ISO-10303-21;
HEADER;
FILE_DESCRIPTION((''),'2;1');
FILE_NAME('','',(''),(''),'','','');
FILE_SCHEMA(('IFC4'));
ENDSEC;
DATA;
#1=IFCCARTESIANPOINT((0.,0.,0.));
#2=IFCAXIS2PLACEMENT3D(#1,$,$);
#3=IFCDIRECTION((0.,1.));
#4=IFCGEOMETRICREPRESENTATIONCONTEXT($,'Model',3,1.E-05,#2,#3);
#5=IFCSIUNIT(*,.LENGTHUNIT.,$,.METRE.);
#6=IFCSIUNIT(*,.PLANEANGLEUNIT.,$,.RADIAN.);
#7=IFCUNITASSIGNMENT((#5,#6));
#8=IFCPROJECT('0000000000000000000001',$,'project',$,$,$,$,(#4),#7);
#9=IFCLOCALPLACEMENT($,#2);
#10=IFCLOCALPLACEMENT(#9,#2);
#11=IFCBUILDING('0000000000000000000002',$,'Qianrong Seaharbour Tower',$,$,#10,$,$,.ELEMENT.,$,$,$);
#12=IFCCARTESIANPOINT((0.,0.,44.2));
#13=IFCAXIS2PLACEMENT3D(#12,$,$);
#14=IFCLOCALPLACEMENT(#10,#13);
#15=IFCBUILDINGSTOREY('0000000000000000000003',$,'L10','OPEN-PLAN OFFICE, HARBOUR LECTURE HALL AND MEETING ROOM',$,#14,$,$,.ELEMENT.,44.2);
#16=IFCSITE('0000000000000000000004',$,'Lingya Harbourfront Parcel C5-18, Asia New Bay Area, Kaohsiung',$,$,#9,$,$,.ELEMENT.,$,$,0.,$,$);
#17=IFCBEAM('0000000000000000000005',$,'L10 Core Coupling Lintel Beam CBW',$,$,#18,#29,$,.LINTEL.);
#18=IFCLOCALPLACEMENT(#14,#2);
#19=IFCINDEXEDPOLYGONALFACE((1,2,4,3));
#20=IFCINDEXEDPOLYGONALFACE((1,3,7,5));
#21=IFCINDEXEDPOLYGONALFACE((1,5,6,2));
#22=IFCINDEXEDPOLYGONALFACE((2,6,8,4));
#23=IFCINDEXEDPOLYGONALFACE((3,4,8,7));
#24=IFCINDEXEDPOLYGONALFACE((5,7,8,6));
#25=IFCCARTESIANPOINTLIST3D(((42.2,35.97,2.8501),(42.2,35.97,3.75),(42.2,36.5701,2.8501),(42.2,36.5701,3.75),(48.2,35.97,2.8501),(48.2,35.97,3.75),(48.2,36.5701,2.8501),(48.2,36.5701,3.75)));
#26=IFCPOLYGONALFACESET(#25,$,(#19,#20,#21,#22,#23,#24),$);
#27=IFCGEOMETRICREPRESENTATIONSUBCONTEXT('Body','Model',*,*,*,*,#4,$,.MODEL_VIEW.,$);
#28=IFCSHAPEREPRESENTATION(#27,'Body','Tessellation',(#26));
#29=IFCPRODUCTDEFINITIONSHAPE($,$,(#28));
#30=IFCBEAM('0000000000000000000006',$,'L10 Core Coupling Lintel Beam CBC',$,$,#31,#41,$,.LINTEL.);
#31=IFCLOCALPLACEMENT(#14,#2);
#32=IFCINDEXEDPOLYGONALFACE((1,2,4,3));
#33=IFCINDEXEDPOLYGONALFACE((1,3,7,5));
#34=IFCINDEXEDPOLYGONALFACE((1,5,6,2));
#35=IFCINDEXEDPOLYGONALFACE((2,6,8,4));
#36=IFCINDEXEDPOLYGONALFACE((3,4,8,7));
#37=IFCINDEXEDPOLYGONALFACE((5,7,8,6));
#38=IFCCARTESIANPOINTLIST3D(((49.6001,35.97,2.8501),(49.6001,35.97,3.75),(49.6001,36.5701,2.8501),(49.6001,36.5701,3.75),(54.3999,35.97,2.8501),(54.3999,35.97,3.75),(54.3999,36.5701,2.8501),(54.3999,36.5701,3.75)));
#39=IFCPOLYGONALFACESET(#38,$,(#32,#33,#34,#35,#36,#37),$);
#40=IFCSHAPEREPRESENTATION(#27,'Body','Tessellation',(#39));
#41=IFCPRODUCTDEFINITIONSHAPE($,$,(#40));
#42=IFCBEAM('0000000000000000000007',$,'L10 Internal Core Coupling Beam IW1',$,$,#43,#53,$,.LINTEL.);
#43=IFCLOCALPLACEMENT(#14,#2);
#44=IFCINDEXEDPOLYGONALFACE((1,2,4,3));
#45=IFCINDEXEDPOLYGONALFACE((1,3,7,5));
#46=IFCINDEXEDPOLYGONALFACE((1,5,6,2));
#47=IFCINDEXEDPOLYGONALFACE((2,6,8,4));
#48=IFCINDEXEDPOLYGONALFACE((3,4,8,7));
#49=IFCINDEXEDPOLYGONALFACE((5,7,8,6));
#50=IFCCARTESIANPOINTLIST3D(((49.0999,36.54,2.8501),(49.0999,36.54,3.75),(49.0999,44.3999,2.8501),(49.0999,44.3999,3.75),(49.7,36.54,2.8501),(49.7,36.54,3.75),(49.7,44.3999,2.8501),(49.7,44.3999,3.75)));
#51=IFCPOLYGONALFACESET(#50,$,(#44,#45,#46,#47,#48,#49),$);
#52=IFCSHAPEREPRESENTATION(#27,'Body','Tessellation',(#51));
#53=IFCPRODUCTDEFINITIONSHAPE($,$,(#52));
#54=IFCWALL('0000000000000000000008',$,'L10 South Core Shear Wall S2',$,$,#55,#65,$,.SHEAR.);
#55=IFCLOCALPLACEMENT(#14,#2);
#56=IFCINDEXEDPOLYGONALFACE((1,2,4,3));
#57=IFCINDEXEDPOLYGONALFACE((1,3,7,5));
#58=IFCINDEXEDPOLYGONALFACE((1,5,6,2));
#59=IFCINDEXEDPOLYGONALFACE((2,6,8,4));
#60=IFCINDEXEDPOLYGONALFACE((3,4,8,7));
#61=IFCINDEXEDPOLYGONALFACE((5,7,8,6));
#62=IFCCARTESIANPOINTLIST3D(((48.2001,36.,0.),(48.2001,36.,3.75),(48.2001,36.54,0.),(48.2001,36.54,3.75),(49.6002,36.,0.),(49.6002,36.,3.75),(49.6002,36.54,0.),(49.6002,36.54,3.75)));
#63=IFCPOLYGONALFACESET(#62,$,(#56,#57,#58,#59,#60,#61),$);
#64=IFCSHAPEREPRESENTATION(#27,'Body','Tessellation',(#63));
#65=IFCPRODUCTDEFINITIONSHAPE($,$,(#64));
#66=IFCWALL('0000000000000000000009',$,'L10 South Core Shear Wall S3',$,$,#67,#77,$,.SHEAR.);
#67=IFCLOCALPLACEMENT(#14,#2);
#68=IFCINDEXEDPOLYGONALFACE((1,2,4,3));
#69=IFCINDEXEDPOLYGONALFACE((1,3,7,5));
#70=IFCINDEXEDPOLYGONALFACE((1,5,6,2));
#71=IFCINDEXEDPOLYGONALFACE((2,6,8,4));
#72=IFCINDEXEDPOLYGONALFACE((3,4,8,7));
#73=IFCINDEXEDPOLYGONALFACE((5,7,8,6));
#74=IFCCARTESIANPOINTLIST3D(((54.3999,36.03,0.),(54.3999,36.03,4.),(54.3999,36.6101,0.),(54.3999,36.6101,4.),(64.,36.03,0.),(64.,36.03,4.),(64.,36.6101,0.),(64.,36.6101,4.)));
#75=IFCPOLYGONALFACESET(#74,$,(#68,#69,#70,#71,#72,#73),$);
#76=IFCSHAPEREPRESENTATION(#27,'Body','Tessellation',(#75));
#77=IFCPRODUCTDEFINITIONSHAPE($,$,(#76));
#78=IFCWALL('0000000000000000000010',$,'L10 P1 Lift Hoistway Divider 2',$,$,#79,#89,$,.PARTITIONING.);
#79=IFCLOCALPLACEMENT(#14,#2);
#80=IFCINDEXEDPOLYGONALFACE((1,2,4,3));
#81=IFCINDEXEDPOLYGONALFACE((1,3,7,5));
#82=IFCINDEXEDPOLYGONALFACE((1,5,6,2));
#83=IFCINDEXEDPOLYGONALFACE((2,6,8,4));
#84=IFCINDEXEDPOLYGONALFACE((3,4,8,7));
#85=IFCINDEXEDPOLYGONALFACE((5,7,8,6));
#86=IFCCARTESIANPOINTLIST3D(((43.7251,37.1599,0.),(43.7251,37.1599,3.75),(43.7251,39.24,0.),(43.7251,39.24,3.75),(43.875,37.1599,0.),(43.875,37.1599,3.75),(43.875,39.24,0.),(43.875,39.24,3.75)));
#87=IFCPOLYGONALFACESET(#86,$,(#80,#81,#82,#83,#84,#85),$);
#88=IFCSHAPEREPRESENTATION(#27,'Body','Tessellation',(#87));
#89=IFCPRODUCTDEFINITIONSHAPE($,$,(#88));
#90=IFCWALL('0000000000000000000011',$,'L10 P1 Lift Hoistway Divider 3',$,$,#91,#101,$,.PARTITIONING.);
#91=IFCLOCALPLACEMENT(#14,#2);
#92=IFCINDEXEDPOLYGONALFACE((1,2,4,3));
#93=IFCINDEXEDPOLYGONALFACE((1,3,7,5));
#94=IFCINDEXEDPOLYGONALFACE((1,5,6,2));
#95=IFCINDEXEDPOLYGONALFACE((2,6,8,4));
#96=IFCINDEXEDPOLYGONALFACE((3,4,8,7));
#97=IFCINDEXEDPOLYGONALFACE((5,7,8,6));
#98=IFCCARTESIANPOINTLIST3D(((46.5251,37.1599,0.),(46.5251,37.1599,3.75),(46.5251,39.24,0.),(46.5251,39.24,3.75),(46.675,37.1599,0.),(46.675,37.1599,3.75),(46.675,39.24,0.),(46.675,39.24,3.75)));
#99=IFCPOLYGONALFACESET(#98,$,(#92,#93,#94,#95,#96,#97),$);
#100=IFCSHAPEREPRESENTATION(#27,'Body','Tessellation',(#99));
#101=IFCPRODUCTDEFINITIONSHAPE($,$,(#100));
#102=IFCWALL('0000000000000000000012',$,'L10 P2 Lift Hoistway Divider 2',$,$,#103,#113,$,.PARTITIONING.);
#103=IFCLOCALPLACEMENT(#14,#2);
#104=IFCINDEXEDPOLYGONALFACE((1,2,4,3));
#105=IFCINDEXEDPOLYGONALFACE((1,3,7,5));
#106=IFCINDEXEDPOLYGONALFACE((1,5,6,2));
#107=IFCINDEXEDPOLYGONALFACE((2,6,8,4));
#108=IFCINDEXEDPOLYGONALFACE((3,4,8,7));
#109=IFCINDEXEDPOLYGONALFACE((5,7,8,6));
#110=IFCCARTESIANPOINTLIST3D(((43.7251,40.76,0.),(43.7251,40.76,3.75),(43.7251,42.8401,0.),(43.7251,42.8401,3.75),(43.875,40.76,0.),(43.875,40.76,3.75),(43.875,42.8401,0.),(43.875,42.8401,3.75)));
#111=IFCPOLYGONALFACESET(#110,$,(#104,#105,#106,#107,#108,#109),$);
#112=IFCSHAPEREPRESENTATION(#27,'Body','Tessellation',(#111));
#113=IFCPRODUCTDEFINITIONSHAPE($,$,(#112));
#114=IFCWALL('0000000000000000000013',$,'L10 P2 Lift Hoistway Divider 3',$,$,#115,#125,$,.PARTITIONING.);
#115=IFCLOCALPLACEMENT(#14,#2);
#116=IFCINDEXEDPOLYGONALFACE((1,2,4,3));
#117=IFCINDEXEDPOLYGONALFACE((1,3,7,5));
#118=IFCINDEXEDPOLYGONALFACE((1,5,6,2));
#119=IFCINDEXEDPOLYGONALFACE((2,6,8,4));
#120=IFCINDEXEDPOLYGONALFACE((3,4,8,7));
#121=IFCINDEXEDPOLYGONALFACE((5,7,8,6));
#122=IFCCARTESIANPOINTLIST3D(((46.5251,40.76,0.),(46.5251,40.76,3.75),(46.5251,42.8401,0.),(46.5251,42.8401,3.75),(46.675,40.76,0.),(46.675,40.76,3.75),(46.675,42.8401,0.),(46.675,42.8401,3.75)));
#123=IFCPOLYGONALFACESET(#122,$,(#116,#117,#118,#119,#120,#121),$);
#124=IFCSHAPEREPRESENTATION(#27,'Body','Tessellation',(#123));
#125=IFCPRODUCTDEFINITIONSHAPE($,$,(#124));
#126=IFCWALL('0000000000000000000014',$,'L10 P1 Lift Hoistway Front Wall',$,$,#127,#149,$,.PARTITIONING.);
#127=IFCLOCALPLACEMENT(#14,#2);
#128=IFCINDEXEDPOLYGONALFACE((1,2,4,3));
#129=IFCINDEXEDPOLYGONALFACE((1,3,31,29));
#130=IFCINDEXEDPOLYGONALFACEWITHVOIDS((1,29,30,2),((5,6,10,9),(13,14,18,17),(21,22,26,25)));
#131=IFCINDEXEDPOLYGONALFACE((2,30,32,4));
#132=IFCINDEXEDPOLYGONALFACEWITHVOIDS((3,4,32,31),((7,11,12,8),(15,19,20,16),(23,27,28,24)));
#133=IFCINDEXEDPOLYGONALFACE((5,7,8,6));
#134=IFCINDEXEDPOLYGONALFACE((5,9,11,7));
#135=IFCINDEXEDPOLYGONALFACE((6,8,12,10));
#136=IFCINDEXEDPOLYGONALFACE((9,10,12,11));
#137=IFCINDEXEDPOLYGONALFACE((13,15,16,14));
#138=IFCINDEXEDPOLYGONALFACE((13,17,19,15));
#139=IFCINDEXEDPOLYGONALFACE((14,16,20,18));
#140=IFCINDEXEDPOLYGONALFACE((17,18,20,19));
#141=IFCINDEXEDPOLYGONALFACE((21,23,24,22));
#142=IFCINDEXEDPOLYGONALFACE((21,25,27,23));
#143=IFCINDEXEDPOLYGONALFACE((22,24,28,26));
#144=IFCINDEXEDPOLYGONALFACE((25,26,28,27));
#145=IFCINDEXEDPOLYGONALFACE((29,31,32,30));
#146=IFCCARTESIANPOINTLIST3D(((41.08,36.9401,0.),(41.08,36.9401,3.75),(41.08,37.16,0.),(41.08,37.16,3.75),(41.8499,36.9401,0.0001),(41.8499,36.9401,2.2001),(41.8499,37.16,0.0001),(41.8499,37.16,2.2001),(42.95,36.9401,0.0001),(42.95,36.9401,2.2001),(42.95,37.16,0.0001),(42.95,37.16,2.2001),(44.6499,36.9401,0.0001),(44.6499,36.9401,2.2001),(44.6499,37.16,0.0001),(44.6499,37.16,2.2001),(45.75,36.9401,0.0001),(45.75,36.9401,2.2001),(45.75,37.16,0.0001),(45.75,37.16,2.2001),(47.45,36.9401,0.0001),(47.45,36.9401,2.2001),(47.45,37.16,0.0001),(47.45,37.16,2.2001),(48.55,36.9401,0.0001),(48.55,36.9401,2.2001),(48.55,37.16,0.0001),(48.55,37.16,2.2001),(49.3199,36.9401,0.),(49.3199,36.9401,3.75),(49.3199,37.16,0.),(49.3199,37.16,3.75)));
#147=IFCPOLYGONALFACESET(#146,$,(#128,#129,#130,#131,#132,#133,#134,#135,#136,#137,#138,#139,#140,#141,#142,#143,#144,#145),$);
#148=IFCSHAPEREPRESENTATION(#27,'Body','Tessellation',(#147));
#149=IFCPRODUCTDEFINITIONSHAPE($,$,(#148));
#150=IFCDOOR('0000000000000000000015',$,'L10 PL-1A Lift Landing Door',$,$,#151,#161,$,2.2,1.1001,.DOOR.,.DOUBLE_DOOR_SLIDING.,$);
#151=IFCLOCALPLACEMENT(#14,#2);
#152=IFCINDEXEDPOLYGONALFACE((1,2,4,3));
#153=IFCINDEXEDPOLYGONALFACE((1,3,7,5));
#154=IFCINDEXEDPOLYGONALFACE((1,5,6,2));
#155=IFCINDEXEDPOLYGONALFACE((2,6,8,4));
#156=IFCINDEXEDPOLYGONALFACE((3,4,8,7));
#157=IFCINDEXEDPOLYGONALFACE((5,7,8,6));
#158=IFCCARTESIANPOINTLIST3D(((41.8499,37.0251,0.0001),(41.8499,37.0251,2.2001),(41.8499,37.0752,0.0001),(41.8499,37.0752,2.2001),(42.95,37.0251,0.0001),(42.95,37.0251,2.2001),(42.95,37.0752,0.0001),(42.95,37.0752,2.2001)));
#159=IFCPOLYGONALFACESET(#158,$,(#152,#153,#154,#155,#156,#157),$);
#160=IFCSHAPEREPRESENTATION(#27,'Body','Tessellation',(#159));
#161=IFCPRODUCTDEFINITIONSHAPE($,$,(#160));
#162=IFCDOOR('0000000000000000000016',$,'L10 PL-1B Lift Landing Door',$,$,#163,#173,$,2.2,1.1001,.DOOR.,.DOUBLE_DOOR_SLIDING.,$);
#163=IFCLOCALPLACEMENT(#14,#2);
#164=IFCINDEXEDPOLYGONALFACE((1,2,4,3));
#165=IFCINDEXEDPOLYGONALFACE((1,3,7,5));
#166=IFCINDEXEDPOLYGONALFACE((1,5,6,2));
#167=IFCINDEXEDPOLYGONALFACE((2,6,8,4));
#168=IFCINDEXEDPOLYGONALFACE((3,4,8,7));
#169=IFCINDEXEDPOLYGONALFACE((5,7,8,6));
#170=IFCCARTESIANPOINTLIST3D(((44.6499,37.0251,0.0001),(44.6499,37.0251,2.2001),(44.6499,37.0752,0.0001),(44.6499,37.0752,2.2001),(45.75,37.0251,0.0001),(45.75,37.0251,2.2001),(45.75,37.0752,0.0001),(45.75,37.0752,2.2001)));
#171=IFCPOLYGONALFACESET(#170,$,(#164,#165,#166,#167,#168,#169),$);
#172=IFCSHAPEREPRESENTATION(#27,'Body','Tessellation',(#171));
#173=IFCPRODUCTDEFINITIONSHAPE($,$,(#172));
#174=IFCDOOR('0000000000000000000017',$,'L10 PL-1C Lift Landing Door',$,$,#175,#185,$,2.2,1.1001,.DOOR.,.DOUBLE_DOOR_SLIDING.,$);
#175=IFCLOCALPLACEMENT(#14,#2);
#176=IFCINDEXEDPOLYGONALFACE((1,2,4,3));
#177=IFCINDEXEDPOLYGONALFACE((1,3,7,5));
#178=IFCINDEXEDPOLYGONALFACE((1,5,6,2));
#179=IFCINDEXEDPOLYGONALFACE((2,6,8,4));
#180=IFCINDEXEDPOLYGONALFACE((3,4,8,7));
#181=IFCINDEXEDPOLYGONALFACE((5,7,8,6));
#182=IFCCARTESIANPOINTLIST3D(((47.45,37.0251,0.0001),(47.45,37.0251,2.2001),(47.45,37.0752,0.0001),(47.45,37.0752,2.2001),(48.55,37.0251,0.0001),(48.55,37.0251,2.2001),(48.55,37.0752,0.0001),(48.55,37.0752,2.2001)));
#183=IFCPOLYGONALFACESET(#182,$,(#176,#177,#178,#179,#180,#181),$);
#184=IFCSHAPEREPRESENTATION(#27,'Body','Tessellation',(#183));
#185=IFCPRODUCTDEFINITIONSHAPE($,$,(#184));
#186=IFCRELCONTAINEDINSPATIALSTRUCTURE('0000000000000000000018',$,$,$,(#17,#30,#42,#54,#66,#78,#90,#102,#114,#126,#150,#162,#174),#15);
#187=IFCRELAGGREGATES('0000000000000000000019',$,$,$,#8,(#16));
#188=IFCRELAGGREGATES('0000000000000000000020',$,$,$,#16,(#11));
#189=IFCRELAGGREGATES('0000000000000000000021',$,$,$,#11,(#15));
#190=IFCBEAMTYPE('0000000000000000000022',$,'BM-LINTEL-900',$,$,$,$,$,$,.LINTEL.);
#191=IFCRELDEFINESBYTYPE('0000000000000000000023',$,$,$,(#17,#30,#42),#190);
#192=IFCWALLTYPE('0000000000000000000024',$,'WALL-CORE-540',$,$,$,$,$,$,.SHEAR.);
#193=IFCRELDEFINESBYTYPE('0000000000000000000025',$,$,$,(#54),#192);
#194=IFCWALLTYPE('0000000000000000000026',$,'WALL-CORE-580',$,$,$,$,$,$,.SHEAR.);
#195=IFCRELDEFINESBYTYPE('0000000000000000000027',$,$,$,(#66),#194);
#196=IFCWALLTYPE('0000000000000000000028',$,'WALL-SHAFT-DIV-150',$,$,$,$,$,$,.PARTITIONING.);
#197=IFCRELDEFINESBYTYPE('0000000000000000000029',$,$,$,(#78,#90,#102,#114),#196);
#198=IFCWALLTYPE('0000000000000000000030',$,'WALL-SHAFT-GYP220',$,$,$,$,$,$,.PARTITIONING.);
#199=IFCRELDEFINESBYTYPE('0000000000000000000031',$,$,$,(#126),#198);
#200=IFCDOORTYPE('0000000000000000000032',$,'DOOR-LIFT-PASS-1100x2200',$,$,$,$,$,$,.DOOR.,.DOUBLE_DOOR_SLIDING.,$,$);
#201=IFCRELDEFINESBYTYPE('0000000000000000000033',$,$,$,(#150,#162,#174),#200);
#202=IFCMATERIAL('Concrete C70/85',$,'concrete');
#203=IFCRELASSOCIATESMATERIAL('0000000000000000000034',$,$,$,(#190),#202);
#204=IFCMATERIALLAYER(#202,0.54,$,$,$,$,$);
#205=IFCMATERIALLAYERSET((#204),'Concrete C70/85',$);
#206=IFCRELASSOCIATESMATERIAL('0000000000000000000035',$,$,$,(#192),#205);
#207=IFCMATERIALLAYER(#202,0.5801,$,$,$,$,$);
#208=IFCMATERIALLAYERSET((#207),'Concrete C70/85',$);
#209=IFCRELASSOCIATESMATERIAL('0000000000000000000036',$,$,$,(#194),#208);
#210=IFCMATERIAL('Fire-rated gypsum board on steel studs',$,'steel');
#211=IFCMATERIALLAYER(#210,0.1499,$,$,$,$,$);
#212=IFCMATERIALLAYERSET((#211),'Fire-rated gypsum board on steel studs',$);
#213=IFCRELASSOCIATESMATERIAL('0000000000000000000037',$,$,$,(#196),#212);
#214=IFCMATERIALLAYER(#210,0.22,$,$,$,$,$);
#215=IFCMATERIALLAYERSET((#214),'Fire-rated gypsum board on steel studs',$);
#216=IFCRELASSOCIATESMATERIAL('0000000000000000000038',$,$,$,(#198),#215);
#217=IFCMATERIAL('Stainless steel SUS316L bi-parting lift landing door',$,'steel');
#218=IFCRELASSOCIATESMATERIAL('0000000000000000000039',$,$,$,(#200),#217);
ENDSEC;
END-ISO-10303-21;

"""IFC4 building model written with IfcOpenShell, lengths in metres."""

from ifc_helpers import new_model, si_unit, direction, frame, frame_2d, origin, origin_2d, place, context, subcontext, project, spatial, rectangle, extrude, material, layer, layer_set, material_profile, profile_set, type_object, element, fill, save


model = new_model("IFC4")

# Units and contexts
model_context = context("Model", 3, precision=1e-05, world=origin(), true_north=direction((0.0, 1.0)))
body_context = subcontext(model_context, "Body", "Model", "MODEL_VIEW")
ifc_project = project(units=[si_unit("LENGTHUNIT", "METRE"), si_unit("PLANEANGLEUNIT", "RADIAN")], contexts=[model_context])

# Site, building, storey
site_placement = place(None, origin())
site = spatial("IfcSite", under=ifc_project, at=site_placement, Name="Lingya Harbourfront Parcel C5-18, Asia New Bay Area, Kaohsiung", CompositionType="ELEMENT", RefElevation=0.0)
building_placement = place(site_placement, origin())
building = spatial("IfcBuilding", under=site, at=building_placement, Name="Qianrong Seaharbour Tower", CompositionType="ELEMENT")
storey_placement = place(building_placement, frame((0.0, 0.0, 44.2)))
storey = spatial("IfcBuildingStorey", under=building, at=storey_placement, Name="L10", Description="OPEN-PLAN OFFICE, HARBOUR LECTURE HALL AND MEETING ROOM", CompositionType="ELEMENT", Elevation=44.2)

# Beams
ifc_material_1 = material(Name="Concrete C70/85", Category="concrete")
ifc_material_profile = material_profile(ifc_material_1, rectangle(XDim=0.6001, YDim=0.8999, at=origin_2d()), Name="RC600x900")
ifc_profile_set = profile_set([ifc_material_profile], Name="Concrete C70/85")
beam_type = type_object("IfcBeamType", Name="BM-LINTEL-900", PredefinedType="LINTEL", material=ifc_profile_set)
beam_1_placement = place(storey_placement, frame((42.2, 36.27, 3.3), z_axis=(1.0, 0.0, 0.0), x_axis=(0.0, 1.0, 0.0)))
element("IfcBeam", 1, at=beam_1_placement, inside=storey, type_object=beam_type, Name="L10 Core Coupling Lintel Beam CBW", PredefinedType="LINTEL", context=body_context, shape_type="SweptSolid", body=[
    extrude(rectangle(XDim=0.6001, YDim=0.8999, at=origin_2d()), origin(), (0.0, 0.0, 1.0), 6.0),
])
beam_2_placement = place(storey_placement, frame((49.6001, 36.27, 3.3), z_axis=(1.0, 0.0, 0.0), x_axis=(0.0, 1.0, 0.0)))
element("IfcBeam", 2, at=beam_2_placement, inside=storey, type_object=beam_type, Name="L10 Core Coupling Lintel Beam CBC", PredefinedType="LINTEL", context=body_context, shape_type="SweptSolid", body=[
    extrude(rectangle(XDim=0.6001, YDim=0.8999, at=origin_2d()), origin(), (0.0, 0.0, 1.0), 4.7998),
])
beam_3_placement = place(storey_placement, frame((49.3999, 36.54, 3.3), z_axis=(0.0, 1.0, 0.0), x_axis=(-1.0, 0.0, 0.0)))
element("IfcBeam", 3, at=beam_3_placement, inside=storey, type_object=beam_type, Name="L10 Internal Core Coupling Beam IW1", PredefinedType="LINTEL", context=body_context, shape_type="SweptSolid", body=[
    extrude(rectangle(XDim=0.6001, YDim=0.8999, at=origin_2d()), origin(), (0.0, 0.0, 1.0), 7.8599),
])

# Walls
ifc_layer_1 = layer(ifc_material_1, 0.54)
ifc_layer_set_1 = layer_set([ifc_layer_1], Name="Concrete C70/85")
wall_type_1 = type_object("IfcWallType", Name="WALL-CORE-540", PredefinedType="SHEAR", material=ifc_layer_set_1)
wall_1_placement = place(storey_placement, frame((48.2, 36.27, 0.0), z_axis=(0.0, 0.0, 1.0), x_axis=(1.0, 0.0, 0.0)))
element("IfcWall", 4, at=wall_1_placement, inside=storey, type_object=wall_type_1, Name="L10 South Core Shear Wall S2", PredefinedType="SHEAR", context=body_context, shape_type="SweptSolid", body=[
    extrude(rectangle(XDim=1.4001, YDim=0.54, at=frame_2d((0.7002, 0.0))), origin(), (0.0, 0.0, 1.0), 3.75),
])
ifc_layer_2 = layer(ifc_material_1, 0.5801)
ifc_layer_set_2 = layer_set([ifc_layer_2], Name="Concrete C70/85")
wall_type_2 = type_object("IfcWallType", Name="WALL-CORE-580", PredefinedType="SHEAR", material=ifc_layer_set_2)
wall_2_placement = place(storey_placement, frame((54.3999, 36.3201, 0.0), z_axis=(0.0, 0.0, 1.0), x_axis=(1.0, 0.0, 0.0)))
element("IfcWall", 5, at=wall_2_placement, inside=storey, type_object=wall_type_2, Name="L10 South Core Shear Wall S3", PredefinedType="SHEAR", context=body_context, shape_type="SweptSolid", body=[
    extrude(rectangle(XDim=9.6001, YDim=0.5801, at=frame_2d((4.8, 0.0))), origin(), (0.0, 0.0, 1.0), 4.0),
])
ifc_material_2 = material(Name="Fire-rated gypsum board on steel studs", Category="steel")
ifc_layer_3 = layer(ifc_material_2, 0.1499)
ifc_layer_set_3 = layer_set([ifc_layer_3], Name="Fire-rated gypsum board on steel studs")
wall_type_3 = type_object("IfcWallType", Name="WALL-SHAFT-DIV-150", PredefinedType="PARTITIONING", material=ifc_layer_set_3)
for number, where, z_axis, x_axis, name in (
    (6, (43.8, 37.1599, 0.0), (0.0, 0.0, 1.0), (0.0, 1.0, 0.0), "L10 P1 Lift Hoistway Divider 2"),
    (7, (46.6001, 37.1599, 0.0), (0.0, 0.0, 1.0), (0.0, 1.0, 0.0), "L10 P1 Lift Hoistway Divider 3"),
    (8, (43.8, 40.76, 0.0), (0.0, 0.0, 1.0), (0.0, 1.0, 0.0), "L10 P2 Lift Hoistway Divider 2"),
    (9, (46.6001, 40.76, 0.0), (0.0, 0.0, 1.0), (0.0, 1.0, 0.0), "L10 P2 Lift Hoistway Divider 3"),
):
    element("IfcWall", number, at=place(storey_placement, frame(where, z_axis=z_axis, x_axis=x_axis)), inside=storey, type_object=wall_type_3, Name=name, PredefinedType="PARTITIONING", context=body_context, shape_type="SweptSolid", body=[
        extrude(rectangle(XDim=2.0801, YDim=0.1499, at=frame_2d((1.04, 0.0))), origin(), (0.0, 0.0, 1.0), 3.75),
    ])

# Wall, openings, doors
ifc_layer_4 = layer(ifc_material_2, 0.22)
ifc_layer_set_4 = layer_set([ifc_layer_4], Name="Fire-rated gypsum board on steel studs")
wall_type_4 = type_object("IfcWallType", Name="WALL-SHAFT-GYP220", PredefinedType="PARTITIONING", material=ifc_layer_set_4)
wall_3_placement = place(storey_placement, frame((49.3201, 37.05, 0.0), z_axis=(0.0, 0.0, 1.0), x_axis=(-1.0, 0.0, 0.0)))
wall_3 = element("IfcWall", 10, at=wall_3_placement, inside=storey, type_object=wall_type_4, Name="L10 P1 Lift Hoistway Front Wall", PredefinedType="PARTITIONING", context=body_context, shape_type="SweptSolid", body=[
    extrude(rectangle(XDim=8.24, YDim=0.22, at=frame_2d((4.1201, 0.0))), origin(), (0.0, 0.0, 1.0), 3.75),
])
opening_1_placement = place(wall_3_placement, frame((6.3701, 0.0, 0.0)))
opening_1 = element("IfcOpeningElement", 11, at=opening_1_placement, cuts=wall_3, PredefinedType="OPENING", context=body_context, shape_type="SweptSolid", body=[
    extrude(rectangle(XDim=1.1001, YDim=2.2, at=frame_2d((0.55, 1.1001))), frame((0.0, 0.1201, 0.0), z_axis=(0.0, -1.0, 0.0), x_axis=(1.0, 0.0, 0.0)), (0.0, 0.0, 1.0), 0.24),
])
opening_2_placement = place(wall_3_placement, frame((3.5701, 0.0, 0.0)))
opening_2 = element("IfcOpeningElement", 12, at=opening_2_placement, cuts=wall_3, PredefinedType="OPENING", context=body_context, shape_type="SweptSolid", body=[
    extrude(rectangle(XDim=1.1001, YDim=2.2, at=frame_2d((0.55, 1.1001))), frame((0.0, 0.1201, 0.0), z_axis=(0.0, -1.0, 0.0), x_axis=(1.0, 0.0, 0.0)), (0.0, 0.0, 1.0), 0.24),
])
opening_3_placement = place(wall_3_placement, frame((0.77, 0.0, 0.0)))
opening_3 = element("IfcOpeningElement", 13, at=opening_3_placement, cuts=wall_3, PredefinedType="OPENING", context=body_context, shape_type="SweptSolid", body=[
    extrude(rectangle(XDim=1.1001, YDim=2.2, at=frame_2d((0.55, 1.1001))), frame((0.0, 0.1201, 0.0), z_axis=(0.0, -1.0, 0.0), x_axis=(1.0, 0.0, 0.0)), (0.0, 0.0, 1.0), 0.24),
])
ifc_material_3 = material(Name="Stainless steel SUS316L bi-parting lift landing door", Category="steel")
door_type = type_object("IfcDoorType", Name="DOOR-LIFT-PASS-1100x2200", OperationType="DOUBLE_DOOR_SLIDING", PredefinedType="DOOR", material=ifc_material_3)
door_1_placement = place(opening_1_placement, origin())
door_1 = element("IfcDoor", 14, at=door_1_placement, inside=storey, type_object=door_type, Name="L10 PL-1A Lift Landing Door", OperationType="DOUBLE_DOOR_SLIDING", OverallHeight=2.2, OverallWidth=1.1001, PredefinedType="DOOR", context=body_context, shape_type="SweptSolid", body=[
    extrude(rectangle(XDim=1.1001, YDim=2.2, at=frame_2d((0.55, 1.1001))), frame((0.0, 0.0249, 0.0), z_axis=(0.0, -1.0, 0.0), x_axis=(1.0, 0.0, 0.0)), (0.0, 0.0, 1.0), 0.05),
])
fill(opening_1, door_1)
door_2_placement = place(opening_2_placement, origin())
door_2 = element("IfcDoor", 15, at=door_2_placement, inside=storey, type_object=door_type, Name="L10 PL-1B Lift Landing Door", OperationType="DOUBLE_DOOR_SLIDING", OverallHeight=2.2, OverallWidth=1.1001, PredefinedType="DOOR", context=body_context, shape_type="SweptSolid", body=[
    extrude(rectangle(XDim=1.1001, YDim=2.2, at=frame_2d((0.55, 1.1001))), frame((0.0, 0.0249, 0.0), z_axis=(0.0, -1.0, 0.0), x_axis=(1.0, 0.0, 0.0)), (0.0, 0.0, 1.0), 0.05),
])
fill(opening_2, door_2)
door_3_placement = place(opening_3_placement, origin())
door_3 = element("IfcDoor", 16, at=door_3_placement, inside=storey, type_object=door_type, Name="L10 PL-1C Lift Landing Door", OperationType="DOUBLE_DOOR_SLIDING", OverallHeight=2.2, OverallWidth=1.1001, PredefinedType="DOOR", context=body_context, shape_type="SweptSolid", body=[
    extrude(rectangle(XDim=1.1001, YDim=2.2, at=frame_2d((0.55, 1.1001))), frame((0.0, 0.0249, 0.0), z_axis=(0.0, -1.0, 0.0), x_axis=(1.0, 0.0, 0.0)), (0.0, 0.0, 1.0), 0.05),
])
fill(opening_3, door_3)

save(model, "model.ifc")
